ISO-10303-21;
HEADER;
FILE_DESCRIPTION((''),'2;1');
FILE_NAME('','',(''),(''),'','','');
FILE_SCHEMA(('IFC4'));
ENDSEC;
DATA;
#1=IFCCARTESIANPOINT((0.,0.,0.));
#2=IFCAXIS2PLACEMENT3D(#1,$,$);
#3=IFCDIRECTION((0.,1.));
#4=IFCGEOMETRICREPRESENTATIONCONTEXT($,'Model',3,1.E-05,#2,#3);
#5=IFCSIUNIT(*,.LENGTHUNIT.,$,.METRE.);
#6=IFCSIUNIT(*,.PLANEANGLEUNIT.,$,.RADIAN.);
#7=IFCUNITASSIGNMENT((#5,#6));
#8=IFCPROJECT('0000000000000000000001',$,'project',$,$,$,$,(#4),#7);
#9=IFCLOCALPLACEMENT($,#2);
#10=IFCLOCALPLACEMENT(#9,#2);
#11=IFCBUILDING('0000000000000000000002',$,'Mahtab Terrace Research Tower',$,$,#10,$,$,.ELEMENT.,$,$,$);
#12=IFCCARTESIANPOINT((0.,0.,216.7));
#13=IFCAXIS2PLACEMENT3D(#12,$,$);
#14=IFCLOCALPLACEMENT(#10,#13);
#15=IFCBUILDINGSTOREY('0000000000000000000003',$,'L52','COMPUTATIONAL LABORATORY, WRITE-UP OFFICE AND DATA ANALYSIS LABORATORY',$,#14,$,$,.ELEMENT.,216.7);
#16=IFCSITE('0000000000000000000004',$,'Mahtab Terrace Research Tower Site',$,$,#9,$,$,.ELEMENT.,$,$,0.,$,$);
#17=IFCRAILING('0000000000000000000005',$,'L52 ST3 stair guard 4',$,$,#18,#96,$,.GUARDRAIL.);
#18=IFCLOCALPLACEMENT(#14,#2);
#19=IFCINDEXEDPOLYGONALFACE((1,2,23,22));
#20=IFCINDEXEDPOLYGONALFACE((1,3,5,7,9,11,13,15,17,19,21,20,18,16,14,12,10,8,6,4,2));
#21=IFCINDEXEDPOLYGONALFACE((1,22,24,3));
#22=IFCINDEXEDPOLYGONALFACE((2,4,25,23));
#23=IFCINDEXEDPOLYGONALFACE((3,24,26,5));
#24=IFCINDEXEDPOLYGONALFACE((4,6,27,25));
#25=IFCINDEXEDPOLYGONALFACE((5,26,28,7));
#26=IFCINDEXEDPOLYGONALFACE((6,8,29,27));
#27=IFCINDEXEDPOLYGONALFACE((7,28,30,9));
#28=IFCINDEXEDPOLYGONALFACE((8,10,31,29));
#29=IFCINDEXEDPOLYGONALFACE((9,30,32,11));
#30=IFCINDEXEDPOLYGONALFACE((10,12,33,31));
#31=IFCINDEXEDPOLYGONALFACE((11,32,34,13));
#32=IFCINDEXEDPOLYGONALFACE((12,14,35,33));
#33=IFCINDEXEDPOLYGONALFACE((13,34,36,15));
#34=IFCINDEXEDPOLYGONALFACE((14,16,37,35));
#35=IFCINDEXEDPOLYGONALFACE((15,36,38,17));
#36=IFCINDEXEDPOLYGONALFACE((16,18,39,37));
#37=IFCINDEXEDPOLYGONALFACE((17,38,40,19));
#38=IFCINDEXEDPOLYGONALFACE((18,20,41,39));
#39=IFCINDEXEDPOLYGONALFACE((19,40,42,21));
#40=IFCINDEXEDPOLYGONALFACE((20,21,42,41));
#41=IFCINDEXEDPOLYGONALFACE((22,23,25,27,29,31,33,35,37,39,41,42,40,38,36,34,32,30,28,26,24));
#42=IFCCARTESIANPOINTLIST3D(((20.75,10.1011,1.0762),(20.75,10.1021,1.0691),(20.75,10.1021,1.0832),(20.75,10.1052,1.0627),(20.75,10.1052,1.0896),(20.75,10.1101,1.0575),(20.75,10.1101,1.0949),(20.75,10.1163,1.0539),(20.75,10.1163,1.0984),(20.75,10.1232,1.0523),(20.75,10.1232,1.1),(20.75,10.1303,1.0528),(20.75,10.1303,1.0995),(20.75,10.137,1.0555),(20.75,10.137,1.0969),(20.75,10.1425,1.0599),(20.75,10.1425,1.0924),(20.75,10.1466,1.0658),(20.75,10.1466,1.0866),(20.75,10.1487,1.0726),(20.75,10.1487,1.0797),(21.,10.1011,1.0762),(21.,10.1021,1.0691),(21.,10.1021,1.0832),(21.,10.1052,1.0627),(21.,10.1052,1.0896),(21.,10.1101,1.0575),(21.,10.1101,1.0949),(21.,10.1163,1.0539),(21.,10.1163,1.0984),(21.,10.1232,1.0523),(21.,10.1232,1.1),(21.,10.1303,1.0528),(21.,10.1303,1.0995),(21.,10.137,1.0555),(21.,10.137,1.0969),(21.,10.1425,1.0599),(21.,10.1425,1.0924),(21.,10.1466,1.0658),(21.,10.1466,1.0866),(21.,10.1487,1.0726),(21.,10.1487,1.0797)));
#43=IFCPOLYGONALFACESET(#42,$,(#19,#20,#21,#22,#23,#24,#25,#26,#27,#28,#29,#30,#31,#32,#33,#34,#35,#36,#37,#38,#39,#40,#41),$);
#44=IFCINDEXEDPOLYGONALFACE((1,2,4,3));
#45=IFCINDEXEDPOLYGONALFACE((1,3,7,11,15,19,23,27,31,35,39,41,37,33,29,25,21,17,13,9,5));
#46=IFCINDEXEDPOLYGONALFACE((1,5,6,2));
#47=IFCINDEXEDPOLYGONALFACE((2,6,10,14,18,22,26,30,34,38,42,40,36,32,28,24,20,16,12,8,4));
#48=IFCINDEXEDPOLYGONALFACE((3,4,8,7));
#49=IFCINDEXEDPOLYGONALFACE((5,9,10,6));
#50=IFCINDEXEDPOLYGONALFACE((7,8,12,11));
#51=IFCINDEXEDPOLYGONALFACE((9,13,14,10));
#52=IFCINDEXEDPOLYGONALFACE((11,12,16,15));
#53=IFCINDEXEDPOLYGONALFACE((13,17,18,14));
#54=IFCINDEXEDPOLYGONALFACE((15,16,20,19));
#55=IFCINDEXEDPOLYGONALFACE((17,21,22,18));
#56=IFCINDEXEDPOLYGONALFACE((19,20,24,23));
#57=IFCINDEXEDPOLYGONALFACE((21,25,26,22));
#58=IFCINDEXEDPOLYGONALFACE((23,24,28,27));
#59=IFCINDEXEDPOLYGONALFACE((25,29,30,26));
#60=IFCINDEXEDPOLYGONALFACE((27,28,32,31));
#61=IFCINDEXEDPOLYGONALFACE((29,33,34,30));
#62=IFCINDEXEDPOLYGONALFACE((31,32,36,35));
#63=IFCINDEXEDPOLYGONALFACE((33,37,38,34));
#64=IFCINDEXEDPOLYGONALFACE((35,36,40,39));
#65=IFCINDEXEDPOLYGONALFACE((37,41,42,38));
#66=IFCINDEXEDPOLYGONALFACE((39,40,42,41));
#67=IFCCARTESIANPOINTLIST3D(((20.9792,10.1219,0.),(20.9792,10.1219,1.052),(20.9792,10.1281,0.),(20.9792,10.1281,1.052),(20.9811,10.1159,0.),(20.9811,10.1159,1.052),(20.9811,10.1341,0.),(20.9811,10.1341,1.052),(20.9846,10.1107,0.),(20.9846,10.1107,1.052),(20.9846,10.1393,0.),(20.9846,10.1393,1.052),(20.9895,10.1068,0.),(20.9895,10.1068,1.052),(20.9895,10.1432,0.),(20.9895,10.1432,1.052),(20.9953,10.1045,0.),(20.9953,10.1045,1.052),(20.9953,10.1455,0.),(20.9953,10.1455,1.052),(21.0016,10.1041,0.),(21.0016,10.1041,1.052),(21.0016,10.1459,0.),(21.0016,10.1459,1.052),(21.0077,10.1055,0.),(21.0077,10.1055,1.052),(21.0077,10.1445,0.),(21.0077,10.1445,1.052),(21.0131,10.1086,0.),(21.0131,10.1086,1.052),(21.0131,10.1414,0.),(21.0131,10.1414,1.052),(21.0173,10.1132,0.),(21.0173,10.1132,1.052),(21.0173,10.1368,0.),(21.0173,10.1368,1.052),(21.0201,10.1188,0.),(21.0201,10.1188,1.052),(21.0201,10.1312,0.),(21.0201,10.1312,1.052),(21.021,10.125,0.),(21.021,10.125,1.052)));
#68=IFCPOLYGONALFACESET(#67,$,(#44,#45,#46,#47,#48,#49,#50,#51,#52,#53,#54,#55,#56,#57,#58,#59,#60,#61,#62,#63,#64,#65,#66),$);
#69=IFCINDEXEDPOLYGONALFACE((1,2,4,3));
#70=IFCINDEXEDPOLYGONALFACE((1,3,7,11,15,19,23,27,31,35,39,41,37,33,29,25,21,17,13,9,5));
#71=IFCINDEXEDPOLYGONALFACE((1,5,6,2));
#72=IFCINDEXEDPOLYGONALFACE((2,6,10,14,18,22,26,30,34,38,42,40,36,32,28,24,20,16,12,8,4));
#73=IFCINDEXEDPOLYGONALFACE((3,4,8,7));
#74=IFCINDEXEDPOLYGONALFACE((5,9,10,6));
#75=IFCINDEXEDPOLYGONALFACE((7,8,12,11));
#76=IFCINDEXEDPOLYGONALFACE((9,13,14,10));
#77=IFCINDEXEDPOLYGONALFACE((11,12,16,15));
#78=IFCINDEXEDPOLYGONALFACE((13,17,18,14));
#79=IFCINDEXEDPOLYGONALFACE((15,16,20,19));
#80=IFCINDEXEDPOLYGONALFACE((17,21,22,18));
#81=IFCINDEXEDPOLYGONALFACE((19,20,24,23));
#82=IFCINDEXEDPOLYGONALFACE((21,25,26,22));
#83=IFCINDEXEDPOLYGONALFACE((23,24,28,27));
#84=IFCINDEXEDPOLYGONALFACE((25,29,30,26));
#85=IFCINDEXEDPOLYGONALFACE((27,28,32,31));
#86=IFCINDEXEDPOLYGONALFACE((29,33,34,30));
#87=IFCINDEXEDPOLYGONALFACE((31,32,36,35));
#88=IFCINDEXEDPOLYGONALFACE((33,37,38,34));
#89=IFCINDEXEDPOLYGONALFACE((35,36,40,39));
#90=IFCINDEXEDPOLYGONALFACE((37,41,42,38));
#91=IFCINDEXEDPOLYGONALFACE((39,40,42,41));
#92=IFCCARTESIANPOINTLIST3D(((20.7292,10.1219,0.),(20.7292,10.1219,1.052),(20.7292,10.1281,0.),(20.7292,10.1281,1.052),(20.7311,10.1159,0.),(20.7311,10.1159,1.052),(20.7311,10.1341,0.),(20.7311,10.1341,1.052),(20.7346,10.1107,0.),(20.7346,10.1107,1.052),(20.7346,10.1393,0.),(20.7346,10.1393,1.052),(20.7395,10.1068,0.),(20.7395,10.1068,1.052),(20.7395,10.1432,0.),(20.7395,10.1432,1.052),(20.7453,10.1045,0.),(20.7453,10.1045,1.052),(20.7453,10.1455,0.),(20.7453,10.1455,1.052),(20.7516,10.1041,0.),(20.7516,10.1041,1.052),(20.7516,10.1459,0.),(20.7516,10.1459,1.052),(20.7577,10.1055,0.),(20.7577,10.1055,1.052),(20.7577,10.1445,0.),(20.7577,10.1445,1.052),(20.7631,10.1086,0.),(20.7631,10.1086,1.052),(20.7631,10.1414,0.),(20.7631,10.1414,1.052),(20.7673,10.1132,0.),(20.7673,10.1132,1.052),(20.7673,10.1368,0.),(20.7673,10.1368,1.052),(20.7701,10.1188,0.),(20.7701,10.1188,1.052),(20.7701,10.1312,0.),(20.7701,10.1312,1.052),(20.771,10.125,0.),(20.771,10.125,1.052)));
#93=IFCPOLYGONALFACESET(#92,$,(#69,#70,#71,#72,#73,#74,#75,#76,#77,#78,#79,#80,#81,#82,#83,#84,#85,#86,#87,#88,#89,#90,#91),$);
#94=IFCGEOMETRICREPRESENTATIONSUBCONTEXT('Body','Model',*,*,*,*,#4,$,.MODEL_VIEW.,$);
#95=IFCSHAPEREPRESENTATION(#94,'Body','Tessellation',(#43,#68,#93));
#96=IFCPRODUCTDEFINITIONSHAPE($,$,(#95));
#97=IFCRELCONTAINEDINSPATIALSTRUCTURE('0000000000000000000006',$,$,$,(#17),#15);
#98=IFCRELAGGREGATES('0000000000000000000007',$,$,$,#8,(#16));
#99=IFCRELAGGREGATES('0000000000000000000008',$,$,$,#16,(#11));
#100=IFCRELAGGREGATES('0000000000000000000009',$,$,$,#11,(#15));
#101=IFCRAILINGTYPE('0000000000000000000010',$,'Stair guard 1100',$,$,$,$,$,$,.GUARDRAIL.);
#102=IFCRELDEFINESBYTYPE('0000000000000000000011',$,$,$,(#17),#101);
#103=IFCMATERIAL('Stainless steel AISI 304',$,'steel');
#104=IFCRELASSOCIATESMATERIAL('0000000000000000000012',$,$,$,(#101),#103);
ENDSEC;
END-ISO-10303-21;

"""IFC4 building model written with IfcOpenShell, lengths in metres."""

from ifc_helpers import new_model, si_unit, direction, frame, origin, origin_2d, place, context, subcontext, project, spatial, circle, extrude, material, type_object, element, save


model = new_model("IFC4")

# Units and contexts
model_context = context("Model", 3, precision=1e-05, world=origin(), true_north=direction((0.0, 1.0)))
body_context = subcontext(model_context, "Body", "Model", "MODEL_VIEW")
ifc_project = project(units=[si_unit("LENGTHUNIT", "METRE"), si_unit("PLANEANGLEUNIT", "RADIAN")], contexts=[model_context])

# Site, building, storey
site_placement = place(None, origin())
site = spatial("IfcSite", under=ifc_project, at=site_placement, Name="Mahtab Terrace Research Tower Site", CompositionType="ELEMENT", RefElevation=0.0)
building_placement = place(site_placement, origin())
building = spatial("IfcBuilding", under=site, at=building_placement, Name="Mahtab Terrace Research Tower", CompositionType="ELEMENT")
storey_placement = place(building_placement, frame((0.0, 0.0, 216.7)))
storey = spatial("IfcBuildingStorey", under=building, at=storey_placement, Name="L52", Description="COMPUTATIONAL LABORATORY, WRITE-UP OFFICE AND DATA ANALYSIS LABORATORY", CompositionType="ELEMENT", Elevation=216.7)

# Railing
ifc_material_1 = material(Name="Stainless steel AISI 304", Category="steel")
railing_type_1 = type_object("IfcRailingType", Name="Stair guard 1100", PredefinedType="GUARDRAIL", material=ifc_material_1)
railing_1_placement = place(storey_placement, frame((21.0, 10.125, 0.0)))
element("IfcRailing", 1, at=railing_1_placement, inside=storey, type_object=railing_type_1, Name="L52 ST3 stair guard 4", PredefinedType="GUARDRAIL", context=body_context, shape_type="SweptSolid", body=[
    extrude(circle(Radius=0.0239, at=origin_2d()), frame((0.0, 0.0, 1.0762), z_axis=(-1.0, 0.0, 0.0), x_axis=(0.0, -1.0, 0.0)), (0.0, 0.0, 1.0), 0.25),
    extrude(circle(Radius=0.021, at=origin_2d()), origin(), (0.0, 0.0, 1.0), 1.052),
    extrude(circle(Radius=0.021, at=origin_2d()), frame((-0.25, 0.0, 0.0)), (0.0, 0.0, 1.0), 1.052),
])

save(model, "model.ifc")
